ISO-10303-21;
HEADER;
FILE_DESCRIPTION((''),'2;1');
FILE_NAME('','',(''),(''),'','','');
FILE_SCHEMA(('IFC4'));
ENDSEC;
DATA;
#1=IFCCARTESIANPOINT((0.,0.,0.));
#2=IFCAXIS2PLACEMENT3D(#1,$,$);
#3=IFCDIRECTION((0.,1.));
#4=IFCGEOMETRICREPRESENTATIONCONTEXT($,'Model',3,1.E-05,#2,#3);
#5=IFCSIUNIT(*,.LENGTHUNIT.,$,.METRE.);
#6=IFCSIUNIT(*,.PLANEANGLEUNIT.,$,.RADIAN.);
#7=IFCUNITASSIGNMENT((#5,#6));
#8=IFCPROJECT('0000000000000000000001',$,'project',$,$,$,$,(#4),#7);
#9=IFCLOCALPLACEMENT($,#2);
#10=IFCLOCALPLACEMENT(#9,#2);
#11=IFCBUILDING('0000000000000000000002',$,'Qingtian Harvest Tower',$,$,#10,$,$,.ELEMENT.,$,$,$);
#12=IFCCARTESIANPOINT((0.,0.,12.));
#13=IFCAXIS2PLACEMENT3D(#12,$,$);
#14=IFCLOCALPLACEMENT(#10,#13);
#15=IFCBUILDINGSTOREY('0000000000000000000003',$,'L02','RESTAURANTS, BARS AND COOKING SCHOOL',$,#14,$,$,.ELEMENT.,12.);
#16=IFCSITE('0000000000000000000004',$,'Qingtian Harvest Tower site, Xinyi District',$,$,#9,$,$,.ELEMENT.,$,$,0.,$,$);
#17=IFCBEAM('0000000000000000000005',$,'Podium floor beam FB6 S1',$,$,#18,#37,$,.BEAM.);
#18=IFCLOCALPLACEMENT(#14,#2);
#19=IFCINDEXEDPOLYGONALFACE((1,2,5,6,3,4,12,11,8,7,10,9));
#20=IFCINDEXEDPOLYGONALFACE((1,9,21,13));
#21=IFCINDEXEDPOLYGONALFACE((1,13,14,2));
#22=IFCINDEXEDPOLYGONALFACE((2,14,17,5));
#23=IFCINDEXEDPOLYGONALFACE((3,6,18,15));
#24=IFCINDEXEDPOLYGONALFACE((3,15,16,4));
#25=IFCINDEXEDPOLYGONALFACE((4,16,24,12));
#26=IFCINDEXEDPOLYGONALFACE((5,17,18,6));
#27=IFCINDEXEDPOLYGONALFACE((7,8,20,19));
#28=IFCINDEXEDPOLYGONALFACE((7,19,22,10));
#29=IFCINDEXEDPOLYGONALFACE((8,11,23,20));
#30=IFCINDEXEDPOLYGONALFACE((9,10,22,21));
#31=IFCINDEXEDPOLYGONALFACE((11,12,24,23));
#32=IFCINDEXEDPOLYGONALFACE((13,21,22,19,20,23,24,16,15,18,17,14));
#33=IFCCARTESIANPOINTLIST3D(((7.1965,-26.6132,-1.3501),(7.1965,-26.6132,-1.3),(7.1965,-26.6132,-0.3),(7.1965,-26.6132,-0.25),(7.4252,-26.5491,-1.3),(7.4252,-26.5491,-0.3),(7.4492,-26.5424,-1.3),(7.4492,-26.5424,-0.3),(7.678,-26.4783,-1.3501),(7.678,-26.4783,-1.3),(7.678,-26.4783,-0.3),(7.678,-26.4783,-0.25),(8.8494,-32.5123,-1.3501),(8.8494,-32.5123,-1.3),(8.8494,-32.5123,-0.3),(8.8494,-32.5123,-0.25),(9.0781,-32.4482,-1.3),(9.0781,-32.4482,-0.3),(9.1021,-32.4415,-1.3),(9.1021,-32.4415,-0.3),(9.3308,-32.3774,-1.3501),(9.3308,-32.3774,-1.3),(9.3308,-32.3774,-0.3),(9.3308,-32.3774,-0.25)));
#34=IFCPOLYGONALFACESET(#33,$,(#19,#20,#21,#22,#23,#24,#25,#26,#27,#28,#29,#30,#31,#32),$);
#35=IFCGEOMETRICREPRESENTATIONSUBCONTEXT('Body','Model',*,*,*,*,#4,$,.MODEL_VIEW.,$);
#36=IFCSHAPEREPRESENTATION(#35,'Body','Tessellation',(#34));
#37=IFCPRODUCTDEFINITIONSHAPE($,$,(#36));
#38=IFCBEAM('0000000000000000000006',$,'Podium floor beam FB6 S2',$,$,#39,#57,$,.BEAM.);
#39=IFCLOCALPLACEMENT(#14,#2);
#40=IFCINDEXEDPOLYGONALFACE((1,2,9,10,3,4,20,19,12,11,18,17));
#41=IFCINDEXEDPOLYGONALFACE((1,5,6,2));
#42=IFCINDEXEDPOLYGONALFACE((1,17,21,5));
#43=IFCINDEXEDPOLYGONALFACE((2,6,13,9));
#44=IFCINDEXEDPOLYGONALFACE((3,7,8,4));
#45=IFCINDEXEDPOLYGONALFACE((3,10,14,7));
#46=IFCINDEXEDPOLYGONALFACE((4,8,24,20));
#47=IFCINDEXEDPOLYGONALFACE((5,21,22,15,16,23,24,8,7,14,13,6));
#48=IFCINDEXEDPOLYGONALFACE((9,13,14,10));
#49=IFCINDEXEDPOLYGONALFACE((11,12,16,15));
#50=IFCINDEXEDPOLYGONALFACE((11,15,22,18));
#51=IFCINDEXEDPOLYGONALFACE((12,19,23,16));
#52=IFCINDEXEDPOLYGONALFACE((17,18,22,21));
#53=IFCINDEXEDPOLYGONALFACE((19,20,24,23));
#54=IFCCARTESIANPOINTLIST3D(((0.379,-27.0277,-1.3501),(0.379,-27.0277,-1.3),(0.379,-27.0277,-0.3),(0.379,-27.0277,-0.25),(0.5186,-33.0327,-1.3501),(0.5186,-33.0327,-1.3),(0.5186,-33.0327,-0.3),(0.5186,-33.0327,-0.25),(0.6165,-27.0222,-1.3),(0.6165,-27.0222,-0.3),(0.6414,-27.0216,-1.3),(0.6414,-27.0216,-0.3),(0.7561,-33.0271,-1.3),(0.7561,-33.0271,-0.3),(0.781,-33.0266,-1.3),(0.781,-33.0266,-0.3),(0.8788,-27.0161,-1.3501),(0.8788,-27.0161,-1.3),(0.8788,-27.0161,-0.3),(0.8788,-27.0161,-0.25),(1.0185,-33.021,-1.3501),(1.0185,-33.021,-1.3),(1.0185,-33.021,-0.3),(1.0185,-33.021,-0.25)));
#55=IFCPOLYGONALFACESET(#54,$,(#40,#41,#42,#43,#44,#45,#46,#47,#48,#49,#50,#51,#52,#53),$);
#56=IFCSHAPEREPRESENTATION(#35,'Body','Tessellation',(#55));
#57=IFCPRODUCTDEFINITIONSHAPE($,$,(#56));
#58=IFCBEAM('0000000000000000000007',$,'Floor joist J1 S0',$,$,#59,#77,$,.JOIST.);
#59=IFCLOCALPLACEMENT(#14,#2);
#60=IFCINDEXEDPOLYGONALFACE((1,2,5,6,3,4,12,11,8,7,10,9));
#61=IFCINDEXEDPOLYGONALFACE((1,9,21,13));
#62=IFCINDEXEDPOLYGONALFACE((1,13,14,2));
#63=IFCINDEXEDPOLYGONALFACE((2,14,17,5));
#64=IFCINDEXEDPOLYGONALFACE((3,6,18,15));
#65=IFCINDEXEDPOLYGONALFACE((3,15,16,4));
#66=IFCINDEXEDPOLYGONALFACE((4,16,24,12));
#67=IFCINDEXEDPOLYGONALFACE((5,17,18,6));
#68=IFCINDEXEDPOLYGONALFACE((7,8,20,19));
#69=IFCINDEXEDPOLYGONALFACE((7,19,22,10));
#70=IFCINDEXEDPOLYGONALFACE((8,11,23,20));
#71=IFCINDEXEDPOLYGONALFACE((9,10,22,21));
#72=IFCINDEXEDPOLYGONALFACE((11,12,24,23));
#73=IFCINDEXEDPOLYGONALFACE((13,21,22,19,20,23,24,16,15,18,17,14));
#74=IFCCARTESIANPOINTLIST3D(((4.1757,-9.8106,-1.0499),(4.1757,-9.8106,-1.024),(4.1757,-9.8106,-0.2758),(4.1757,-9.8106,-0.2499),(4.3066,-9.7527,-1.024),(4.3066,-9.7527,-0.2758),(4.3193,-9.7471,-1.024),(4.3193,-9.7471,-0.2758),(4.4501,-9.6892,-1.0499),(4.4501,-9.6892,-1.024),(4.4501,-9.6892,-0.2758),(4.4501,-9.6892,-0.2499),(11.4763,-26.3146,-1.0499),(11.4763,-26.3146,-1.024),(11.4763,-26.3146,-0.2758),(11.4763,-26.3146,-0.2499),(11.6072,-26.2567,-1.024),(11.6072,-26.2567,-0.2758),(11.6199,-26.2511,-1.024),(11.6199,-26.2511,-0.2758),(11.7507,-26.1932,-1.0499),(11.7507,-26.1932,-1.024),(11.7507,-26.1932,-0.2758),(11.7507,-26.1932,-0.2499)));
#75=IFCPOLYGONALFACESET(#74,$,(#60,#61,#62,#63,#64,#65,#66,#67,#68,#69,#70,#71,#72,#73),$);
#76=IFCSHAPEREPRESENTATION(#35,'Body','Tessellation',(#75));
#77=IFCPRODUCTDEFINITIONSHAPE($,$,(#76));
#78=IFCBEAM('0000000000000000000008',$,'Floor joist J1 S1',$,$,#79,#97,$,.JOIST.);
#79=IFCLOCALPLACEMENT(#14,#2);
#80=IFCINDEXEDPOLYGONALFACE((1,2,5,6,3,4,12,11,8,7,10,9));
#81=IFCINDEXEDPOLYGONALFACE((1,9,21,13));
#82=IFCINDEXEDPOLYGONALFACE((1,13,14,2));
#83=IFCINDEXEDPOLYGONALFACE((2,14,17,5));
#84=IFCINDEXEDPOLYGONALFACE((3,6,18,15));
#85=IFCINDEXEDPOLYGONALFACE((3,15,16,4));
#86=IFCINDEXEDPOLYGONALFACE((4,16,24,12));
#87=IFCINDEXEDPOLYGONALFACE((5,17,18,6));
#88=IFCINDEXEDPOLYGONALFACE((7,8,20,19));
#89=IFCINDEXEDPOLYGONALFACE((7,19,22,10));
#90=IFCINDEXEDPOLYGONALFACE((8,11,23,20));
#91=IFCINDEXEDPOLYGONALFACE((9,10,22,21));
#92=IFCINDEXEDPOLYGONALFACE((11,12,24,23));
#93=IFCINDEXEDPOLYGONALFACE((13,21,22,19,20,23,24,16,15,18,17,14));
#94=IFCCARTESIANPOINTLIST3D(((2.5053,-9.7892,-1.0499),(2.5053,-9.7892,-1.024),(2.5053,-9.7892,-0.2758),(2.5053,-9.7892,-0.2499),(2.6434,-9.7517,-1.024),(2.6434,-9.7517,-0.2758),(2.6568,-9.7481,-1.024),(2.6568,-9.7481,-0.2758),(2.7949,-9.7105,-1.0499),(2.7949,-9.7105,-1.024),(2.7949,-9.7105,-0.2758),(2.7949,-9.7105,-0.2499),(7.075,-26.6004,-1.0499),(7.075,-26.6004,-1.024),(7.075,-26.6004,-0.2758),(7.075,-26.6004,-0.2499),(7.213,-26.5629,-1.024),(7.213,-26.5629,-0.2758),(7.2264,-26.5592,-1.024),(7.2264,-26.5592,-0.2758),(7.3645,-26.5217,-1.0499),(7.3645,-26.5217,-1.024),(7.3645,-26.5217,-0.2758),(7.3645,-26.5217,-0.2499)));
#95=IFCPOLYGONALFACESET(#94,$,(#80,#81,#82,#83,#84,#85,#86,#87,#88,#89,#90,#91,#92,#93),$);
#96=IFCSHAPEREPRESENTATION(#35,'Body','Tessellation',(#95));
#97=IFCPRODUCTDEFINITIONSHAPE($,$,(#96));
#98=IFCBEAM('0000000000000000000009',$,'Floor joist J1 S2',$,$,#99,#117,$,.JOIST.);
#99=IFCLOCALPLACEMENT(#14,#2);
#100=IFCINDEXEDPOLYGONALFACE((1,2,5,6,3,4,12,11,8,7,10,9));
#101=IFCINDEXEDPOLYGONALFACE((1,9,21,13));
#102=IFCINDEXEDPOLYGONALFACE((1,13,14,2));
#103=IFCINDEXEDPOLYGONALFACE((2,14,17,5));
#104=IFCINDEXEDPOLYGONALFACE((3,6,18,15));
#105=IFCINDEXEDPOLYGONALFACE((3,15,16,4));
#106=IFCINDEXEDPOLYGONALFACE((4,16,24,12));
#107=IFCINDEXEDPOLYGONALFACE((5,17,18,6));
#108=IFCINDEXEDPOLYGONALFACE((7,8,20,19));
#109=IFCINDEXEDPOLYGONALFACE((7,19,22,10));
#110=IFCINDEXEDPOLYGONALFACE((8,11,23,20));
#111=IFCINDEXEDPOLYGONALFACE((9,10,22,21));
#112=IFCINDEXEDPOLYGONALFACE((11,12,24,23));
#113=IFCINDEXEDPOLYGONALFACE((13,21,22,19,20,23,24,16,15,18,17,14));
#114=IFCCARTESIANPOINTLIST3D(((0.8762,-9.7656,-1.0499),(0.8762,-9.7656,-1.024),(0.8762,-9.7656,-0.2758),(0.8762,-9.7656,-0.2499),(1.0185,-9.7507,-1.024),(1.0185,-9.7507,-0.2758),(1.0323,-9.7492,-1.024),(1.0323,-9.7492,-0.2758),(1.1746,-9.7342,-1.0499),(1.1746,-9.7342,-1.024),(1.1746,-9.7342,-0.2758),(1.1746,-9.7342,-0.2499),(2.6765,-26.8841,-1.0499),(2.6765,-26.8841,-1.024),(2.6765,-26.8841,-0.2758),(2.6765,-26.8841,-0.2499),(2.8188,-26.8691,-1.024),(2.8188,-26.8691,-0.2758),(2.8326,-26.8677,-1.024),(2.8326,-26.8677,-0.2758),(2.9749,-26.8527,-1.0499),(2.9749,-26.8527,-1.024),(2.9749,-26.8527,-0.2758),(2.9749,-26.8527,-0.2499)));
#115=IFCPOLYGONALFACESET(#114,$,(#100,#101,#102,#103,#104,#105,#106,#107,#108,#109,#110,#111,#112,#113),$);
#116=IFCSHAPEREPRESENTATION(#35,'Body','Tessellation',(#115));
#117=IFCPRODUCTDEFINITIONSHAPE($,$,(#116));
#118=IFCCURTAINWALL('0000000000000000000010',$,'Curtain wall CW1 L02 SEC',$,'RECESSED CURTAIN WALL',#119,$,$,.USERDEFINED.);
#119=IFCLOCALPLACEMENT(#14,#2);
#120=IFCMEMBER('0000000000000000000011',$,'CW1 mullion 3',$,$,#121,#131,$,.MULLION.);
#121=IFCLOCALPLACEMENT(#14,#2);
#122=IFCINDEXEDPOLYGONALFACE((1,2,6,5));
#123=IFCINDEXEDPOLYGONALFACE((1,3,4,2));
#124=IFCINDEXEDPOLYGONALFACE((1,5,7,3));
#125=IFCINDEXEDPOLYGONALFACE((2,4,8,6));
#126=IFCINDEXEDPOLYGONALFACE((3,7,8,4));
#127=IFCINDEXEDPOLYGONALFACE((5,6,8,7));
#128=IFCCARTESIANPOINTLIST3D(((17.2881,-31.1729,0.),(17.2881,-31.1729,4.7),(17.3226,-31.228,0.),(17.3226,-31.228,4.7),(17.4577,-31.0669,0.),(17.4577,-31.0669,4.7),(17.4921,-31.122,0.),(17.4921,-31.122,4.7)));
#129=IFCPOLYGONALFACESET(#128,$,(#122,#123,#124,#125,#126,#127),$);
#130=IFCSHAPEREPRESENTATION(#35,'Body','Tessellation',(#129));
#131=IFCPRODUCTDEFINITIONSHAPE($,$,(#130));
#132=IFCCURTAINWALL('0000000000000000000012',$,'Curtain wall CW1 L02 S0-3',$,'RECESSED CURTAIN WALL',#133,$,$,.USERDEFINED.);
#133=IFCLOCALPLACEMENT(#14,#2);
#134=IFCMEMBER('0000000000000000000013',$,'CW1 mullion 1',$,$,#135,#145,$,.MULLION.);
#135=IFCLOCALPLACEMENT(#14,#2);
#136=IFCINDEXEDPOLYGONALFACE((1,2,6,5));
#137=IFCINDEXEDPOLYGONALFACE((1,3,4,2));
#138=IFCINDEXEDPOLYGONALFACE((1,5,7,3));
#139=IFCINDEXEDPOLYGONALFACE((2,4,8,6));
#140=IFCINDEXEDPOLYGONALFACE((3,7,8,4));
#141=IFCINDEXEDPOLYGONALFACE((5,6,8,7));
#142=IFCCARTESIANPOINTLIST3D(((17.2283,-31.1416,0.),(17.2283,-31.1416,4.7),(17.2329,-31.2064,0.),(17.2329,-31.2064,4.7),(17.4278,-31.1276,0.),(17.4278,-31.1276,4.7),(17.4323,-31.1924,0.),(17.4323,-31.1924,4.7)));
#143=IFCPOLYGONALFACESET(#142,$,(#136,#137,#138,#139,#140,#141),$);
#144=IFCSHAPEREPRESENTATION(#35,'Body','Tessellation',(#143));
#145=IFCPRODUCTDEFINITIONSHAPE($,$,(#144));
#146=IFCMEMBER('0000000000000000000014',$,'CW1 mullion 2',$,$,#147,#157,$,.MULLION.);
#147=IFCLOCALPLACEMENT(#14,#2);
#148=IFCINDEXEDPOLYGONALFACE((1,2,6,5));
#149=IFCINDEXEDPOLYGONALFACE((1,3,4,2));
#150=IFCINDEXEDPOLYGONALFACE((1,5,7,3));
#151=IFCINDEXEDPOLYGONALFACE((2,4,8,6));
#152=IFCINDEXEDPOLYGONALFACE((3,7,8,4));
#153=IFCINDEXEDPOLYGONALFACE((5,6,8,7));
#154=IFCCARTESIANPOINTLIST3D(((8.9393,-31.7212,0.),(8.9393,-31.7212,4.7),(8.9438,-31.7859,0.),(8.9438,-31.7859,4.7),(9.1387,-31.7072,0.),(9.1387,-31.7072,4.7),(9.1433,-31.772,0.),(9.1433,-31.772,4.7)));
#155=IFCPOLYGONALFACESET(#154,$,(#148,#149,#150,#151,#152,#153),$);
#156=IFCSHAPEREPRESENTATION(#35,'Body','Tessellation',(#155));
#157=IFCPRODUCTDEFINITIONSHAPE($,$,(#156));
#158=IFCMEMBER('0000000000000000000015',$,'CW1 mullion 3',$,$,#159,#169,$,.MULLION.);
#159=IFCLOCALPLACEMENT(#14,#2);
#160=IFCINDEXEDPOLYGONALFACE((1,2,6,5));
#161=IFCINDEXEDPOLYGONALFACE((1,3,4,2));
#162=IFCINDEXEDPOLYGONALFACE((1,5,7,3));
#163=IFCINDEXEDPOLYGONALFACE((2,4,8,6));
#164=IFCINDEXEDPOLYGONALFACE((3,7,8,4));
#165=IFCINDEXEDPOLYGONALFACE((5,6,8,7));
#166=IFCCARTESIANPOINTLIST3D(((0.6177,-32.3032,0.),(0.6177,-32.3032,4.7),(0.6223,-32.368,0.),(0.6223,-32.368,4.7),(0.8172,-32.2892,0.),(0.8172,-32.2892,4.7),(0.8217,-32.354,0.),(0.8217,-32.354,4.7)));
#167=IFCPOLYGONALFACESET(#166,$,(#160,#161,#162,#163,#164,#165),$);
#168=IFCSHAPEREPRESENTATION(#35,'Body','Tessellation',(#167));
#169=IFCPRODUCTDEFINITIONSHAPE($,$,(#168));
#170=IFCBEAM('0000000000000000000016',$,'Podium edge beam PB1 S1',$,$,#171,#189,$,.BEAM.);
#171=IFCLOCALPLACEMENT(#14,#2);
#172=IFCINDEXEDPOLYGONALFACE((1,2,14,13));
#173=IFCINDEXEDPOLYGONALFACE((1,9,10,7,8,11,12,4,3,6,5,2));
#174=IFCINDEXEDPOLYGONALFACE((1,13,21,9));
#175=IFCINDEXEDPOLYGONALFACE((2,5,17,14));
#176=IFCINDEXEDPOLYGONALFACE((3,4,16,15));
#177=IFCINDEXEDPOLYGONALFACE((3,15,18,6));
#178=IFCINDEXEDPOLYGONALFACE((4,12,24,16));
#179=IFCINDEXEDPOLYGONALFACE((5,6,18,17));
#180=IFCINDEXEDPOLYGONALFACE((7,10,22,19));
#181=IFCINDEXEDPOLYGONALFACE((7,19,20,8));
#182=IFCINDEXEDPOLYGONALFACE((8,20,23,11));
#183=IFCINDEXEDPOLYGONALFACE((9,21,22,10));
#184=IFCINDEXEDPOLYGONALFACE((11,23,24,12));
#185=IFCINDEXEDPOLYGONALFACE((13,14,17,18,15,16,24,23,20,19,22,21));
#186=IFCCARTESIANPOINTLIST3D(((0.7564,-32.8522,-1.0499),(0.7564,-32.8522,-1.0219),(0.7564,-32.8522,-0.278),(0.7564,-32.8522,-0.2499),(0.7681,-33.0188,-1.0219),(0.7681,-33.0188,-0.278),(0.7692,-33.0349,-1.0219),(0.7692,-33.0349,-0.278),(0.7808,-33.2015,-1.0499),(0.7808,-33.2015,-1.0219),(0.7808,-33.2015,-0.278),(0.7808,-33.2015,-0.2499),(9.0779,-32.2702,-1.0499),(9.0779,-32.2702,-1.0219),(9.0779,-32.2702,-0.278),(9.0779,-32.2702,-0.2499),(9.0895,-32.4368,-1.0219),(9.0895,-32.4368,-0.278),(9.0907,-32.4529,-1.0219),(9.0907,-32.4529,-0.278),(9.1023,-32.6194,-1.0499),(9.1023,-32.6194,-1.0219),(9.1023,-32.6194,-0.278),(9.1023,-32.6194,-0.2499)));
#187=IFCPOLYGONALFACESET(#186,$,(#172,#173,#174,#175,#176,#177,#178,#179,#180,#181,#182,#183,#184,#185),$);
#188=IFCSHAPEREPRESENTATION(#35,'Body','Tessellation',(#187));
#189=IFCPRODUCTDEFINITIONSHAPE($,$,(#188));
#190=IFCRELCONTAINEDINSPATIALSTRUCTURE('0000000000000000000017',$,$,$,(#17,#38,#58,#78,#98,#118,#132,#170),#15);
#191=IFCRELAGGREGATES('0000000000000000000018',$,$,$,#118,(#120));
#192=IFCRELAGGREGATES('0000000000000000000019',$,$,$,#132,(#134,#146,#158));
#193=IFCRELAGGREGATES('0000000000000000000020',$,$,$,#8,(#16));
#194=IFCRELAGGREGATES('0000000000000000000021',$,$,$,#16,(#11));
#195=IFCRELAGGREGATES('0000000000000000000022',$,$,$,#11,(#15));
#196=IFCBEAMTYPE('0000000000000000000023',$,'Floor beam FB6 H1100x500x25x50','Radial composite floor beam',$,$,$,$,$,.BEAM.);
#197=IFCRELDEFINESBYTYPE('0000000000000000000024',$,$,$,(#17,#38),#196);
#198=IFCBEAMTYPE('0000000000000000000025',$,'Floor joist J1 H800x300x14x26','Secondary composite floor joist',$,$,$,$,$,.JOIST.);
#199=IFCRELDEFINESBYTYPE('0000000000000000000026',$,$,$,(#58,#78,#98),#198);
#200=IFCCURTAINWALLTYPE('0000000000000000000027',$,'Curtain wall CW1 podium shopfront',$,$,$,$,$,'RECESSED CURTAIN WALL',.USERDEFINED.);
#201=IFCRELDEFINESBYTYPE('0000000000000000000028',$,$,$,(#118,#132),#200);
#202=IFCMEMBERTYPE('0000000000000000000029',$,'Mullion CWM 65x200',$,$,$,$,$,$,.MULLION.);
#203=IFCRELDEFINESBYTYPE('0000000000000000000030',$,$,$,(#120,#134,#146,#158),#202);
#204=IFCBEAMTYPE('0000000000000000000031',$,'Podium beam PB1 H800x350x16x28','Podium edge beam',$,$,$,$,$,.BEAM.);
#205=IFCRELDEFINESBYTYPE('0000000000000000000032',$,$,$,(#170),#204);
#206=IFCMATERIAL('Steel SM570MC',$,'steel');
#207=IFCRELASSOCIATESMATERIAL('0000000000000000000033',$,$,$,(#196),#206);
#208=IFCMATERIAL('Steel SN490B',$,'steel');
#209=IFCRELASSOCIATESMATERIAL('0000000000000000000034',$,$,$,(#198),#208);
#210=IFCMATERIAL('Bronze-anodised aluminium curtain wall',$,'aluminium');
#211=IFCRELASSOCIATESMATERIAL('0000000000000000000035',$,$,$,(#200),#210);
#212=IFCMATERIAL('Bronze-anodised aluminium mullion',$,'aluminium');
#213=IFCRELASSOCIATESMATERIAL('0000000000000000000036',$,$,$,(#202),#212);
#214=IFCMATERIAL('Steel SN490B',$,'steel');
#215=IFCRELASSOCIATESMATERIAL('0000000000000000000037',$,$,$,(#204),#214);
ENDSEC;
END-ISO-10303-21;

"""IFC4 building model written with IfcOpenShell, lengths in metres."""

from ifc_helpers import new_model, si_unit, direction, frame, origin, origin_2d, place, context, subcontext, project, spatial, rectangle, i_section, extrude, material, material_profile, profile_set, type_object, element, aggregate, save


model = new_model("IFC4")

# Units and contexts
model_context = context("Model", 3, precision=1e-05, world=origin(), true_north=direction((0.0, 1.0)))
body_context = subcontext(model_context, "Body", "Model", "MODEL_VIEW")
ifc_project = project(units=[si_unit("LENGTHUNIT", "METRE"), si_unit("PLANEANGLEUNIT", "RADIAN")], contexts=[model_context])

# Site, building, storey
site_placement = place(None, origin())
site = spatial("IfcSite", under=ifc_project, at=site_placement, Name="Qingtian Harvest Tower site, Xinyi District", CompositionType="ELEMENT", RefElevation=0.0)
building_placement = place(site_placement, origin())
building = spatial("IfcBuilding", under=site, at=building_placement, Name="Qingtian Harvest Tower", CompositionType="ELEMENT")
storey_placement = place(building_placement, frame((0.0, 0.0, 12.0)))
storey = spatial("IfcBuildingStorey", under=building, at=storey_placement, Name="L02", Description="RESTAURANTS, BARS AND COOKING SCHOOL", CompositionType="ELEMENT", Elevation=12.0)

# Beams
ifc_material_1 = material(Name="Steel SM570MC", Category="steel")
ifc_material_profile_1 = material_profile(ifc_material_1, i_section(OverallWidth=0.5, OverallDepth=1.1001, WebThickness=0.0249, FlangeThickness=0.05, at=origin_2d()), Name="H1100x500x25x50")
ifc_profile_set_1 = profile_set([ifc_material_profile_1], Name="Steel SM570MC")
beam_type_1 = type_object("IfcBeamType", Name="Floor beam FB6 H1100x500x25x50", Description="Radial composite floor beam", PredefinedType="BEAM", material=ifc_profile_set_1)
beam_1_placement = place(storey_placement, frame((9.0901, -32.4448, -0.8), z_axis=(-0.269801, 0.962916, 0.0), x_axis=(-0.962916, -0.269801, 0.0)))
element("IfcBeam", 1, at=beam_1_placement, inside=storey, type_object=beam_type_1, Name="Podium floor beam FB6 S1", PredefinedType="BEAM", context=body_context, shape_type="SweptSolid", body=[
    extrude(i_section(OverallWidth=0.5, OverallDepth=1.1001, WebThickness=0.0249, FlangeThickness=0.05, at=origin_2d()), origin(), (0.0, 0.0, 1.0), 6.1262),
])
beam_2_placement = place(storey_placement, frame((0.7686, -33.0269, -0.8), z_axis=(-0.02325, 0.99973, 0.0), x_axis=(-0.99973, -0.02325, 0.0)))
element("IfcBeam", 2, at=beam_2_placement, inside=storey, type_object=beam_type_1, Name="Podium floor beam FB6 S2", PredefinedType="BEAM", context=body_context, shape_type="SweptSolid", body=[
    extrude(i_section(OverallWidth=0.5, OverallDepth=1.1001, WebThickness=0.0249, FlangeThickness=0.05, at=origin_2d()), origin(), (0.0, 0.0, 1.0), 6.0066),
])
ifc_material_2 = material(Name="Steel SN490B", Category="steel")
ifc_material_profile_2 = material_profile(ifc_material_2, i_section(OverallWidth=0.3, OverallDepth=0.8, WebThickness=0.0139, FlangeThickness=0.0259, at=origin_2d()), Name="H800x300x14x26")
ifc_profile_set_2 = profile_set([ifc_material_profile_2], Name="Steel SN490B")
beam_type_2 = type_object("IfcBeamType", Name="Floor joist J1 H800x300x14x26", Description="Secondary composite floor joist", PredefinedType="JOIST", material=ifc_profile_set_2)
beam_3_placement = place(storey_placement, frame((11.6135, -26.2539, -0.6499), z_axis=(-0.40454, 0.91452, 0.0), x_axis=(-0.91452, -0.40454, 0.0)))
element("IfcBeam", 3, at=beam_3_placement, inside=storey, type_object=beam_type_2, Name="Floor joist J1 S0", PredefinedType="JOIST", context=body_context, shape_type="SweptSolid", body=[
    extrude(i_section(OverallWidth=0.3, OverallDepth=0.8, WebThickness=0.0139, FlangeThickness=0.0259, at=origin_2d()), origin(), (0.0, 0.0, 1.0), 18.0466),
])
beam_4_placement = place(storey_placement, frame((7.2197, -26.561, -0.6499), z_axis=(-0.262303, 0.964986, 0.0), x_axis=(-0.964986, -0.262303, 0.0)))
element("IfcBeam", 4, at=beam_4_placement, inside=storey, type_object=beam_type_2, Name="Floor joist J1 S1", PredefinedType="JOIST", context=body_context, shape_type="SweptSolid", body=[
    extrude(i_section(OverallWidth=0.3, OverallDepth=0.8, WebThickness=0.0139, FlangeThickness=0.0259, at=origin_2d()), origin(), (0.0, 0.0, 1.0), 17.4211),
])
beam_5_placement = place(storey_placement, frame((2.8257, -26.8684, -0.6499), z_axis=(-0.10459, 0.994515, 0.0), x_axis=(-0.994515, -0.10459, 0.0)))
element("IfcBeam", 5, at=beam_5_placement, inside=storey, type_object=beam_type_2, Name="Floor joist J1 S2", PredefinedType="JOIST", context=body_context, shape_type="SweptSolid", body=[
    extrude(i_section(OverallWidth=0.3, OverallDepth=0.8, WebThickness=0.0139, FlangeThickness=0.0259, at=origin_2d()), origin(), (0.0, 0.0, 1.0), 17.2129),
])

# Curtain wall, member
ifc_material_3 = material(Name="Bronze-anodised aluminium curtain wall", Category="aluminium")
curtain_wall_type = type_object("IfcCurtainWallType", Name="Curtain wall CW1 podium shopfront", ElementType="RECESSED CURTAIN WALL", PredefinedType="USERDEFINED", material=ifc_material_3)
curtain_wall_1_placement = place(storey_placement, origin())
curtain_wall_1 = element("IfcCurtainWall", 6, at=curtain_wall_1_placement, inside=storey, type_object=curtain_wall_type, Name="Curtain wall CW1 L02 SEC", ObjectType="RECESSED CURTAIN WALL", PredefinedType="USERDEFINED")
ifc_material_4 = material(Name="Bronze-anodised aluminium mullion", Category="aluminium")
ifc_material_profile_3 = material_profile(ifc_material_4, rectangle(XDim=0.0649, YDim=0.2, at=origin_2d()), Name="AL 65x200")
ifc_profile_set_3 = profile_set([ifc_material_profile_3], Name="Bronze-anodised aluminium mullion")
member_type_1 = type_object("IfcMemberType", Name="Mullion CWM 65x200", PredefinedType="MULLION", material=ifc_profile_set_3)
member_1_placement = place(storey_placement, frame((17.3901, -31.1475, 0.0), z_axis=(0.0, 0.0, 1.0), x_axis=(0.529919, -0.848048, 0.0)))
member_1 = element("IfcMember", 7, at=member_1_placement, type_object=member_type_1, Name="CW1 mullion 3", PredefinedType="MULLION", context=body_context, shape_type="SweptSolid", body=[
    extrude(rectangle(XDim=0.0649, YDim=0.2, at=origin_2d()), origin(), (0.0, 0.0, 1.0), 4.7),
])
aggregate(curtain_wall_1, [member_1])

# Curtain wall, members
curtain_wall_2_placement = place(storey_placement, origin())
curtain_wall_2 = element("IfcCurtainWall", 8, at=curtain_wall_2_placement, inside=storey, type_object=curtain_wall_type, Name="Curtain wall CW1 L02 S0-3", ObjectType="RECESSED CURTAIN WALL", PredefinedType="USERDEFINED")
member_2_placement = place(storey_placement, frame((17.3303, -31.167, 0.0), z_axis=(0.0, 0.0, 1.0), x_axis=(0.069756, -0.997564, 0.0)))
member_2 = element("IfcMember", 9, at=member_2_placement, type_object=member_type_1, Name="CW1 mullion 1", PredefinedType="MULLION", context=body_context, shape_type="SweptSolid", body=[
    extrude(rectangle(XDim=0.0649, YDim=0.2, at=origin_2d()), origin(), (0.0, 0.0, 1.0), 4.7),
])
member_3_placement = place(storey_placement, frame((9.0413, -31.7466, 0.0), z_axis=(0.0, 0.0, 1.0), x_axis=(0.069756, -0.997564, 0.0)))
member_3 = element("IfcMember", 10, at=member_3_placement, type_object=member_type_1, Name="CW1 mullion 2", PredefinedType="MULLION", context=body_context, shape_type="SweptSolid", body=[
    extrude(rectangle(XDim=0.0649, YDim=0.2, at=origin_2d()), origin(), (0.0, 0.0, 1.0), 4.7),
])
member_4_placement = place(storey_placement, frame((0.7197, -32.3286, 0.0), z_axis=(0.0, 0.0, 1.0), x_axis=(0.069756, -0.997564, 0.0)))
member_4 = element("IfcMember", 11, at=member_4_placement, type_object=member_type_1, Name="CW1 mullion 3", PredefinedType="MULLION", context=body_context, shape_type="SweptSolid", body=[
    extrude(rectangle(XDim=0.0649, YDim=0.2, at=origin_2d()), origin(), (0.0, 0.0, 1.0), 4.7),
])

# Beam
ifc_material_5 = material(Name="Steel SN490B", Category="steel")
ifc_material_profile_4 = material_profile(ifc_material_5, i_section(OverallWidth=0.3501, OverallDepth=0.8, WebThickness=0.0161, FlangeThickness=0.0281, at=origin_2d()), Name="H800x350x16x28")
ifc_profile_set_4 = profile_set([ifc_material_profile_4], Name="Steel SN490B")
beam_type_3 = type_object("IfcBeamType", Name="Podium beam PB1 H800x350x16x28", Description="Podium edge beam", PredefinedType="BEAM", material=ifc_profile_set_4)
for number, where, z_axis, x_axis, name in (
    (12, (9.0901, -32.4448, -0.6499), (-0.997563, -0.069772, 0.0), (0.069772, -0.997563, 0.0), "Podium edge beam PB1 S1"),
):
    element("IfcBeam", number, at=place(storey_placement, frame(where, z_axis=z_axis, x_axis=x_axis)), inside=storey, type_object=beam_type_3, Name=name, PredefinedType="BEAM", context=body_context, shape_type="SweptSolid", body=[
        extrude(i_section(OverallWidth=0.3501, OverallDepth=0.8, WebThickness=0.0161, FlangeThickness=0.0281, at=origin_2d()), origin(), (0.0, 0.0, 1.0), 8.3418),
    ])

aggregate(curtain_wall_2, [member_2, member_3, member_4])

save(model, "model.ifc")
